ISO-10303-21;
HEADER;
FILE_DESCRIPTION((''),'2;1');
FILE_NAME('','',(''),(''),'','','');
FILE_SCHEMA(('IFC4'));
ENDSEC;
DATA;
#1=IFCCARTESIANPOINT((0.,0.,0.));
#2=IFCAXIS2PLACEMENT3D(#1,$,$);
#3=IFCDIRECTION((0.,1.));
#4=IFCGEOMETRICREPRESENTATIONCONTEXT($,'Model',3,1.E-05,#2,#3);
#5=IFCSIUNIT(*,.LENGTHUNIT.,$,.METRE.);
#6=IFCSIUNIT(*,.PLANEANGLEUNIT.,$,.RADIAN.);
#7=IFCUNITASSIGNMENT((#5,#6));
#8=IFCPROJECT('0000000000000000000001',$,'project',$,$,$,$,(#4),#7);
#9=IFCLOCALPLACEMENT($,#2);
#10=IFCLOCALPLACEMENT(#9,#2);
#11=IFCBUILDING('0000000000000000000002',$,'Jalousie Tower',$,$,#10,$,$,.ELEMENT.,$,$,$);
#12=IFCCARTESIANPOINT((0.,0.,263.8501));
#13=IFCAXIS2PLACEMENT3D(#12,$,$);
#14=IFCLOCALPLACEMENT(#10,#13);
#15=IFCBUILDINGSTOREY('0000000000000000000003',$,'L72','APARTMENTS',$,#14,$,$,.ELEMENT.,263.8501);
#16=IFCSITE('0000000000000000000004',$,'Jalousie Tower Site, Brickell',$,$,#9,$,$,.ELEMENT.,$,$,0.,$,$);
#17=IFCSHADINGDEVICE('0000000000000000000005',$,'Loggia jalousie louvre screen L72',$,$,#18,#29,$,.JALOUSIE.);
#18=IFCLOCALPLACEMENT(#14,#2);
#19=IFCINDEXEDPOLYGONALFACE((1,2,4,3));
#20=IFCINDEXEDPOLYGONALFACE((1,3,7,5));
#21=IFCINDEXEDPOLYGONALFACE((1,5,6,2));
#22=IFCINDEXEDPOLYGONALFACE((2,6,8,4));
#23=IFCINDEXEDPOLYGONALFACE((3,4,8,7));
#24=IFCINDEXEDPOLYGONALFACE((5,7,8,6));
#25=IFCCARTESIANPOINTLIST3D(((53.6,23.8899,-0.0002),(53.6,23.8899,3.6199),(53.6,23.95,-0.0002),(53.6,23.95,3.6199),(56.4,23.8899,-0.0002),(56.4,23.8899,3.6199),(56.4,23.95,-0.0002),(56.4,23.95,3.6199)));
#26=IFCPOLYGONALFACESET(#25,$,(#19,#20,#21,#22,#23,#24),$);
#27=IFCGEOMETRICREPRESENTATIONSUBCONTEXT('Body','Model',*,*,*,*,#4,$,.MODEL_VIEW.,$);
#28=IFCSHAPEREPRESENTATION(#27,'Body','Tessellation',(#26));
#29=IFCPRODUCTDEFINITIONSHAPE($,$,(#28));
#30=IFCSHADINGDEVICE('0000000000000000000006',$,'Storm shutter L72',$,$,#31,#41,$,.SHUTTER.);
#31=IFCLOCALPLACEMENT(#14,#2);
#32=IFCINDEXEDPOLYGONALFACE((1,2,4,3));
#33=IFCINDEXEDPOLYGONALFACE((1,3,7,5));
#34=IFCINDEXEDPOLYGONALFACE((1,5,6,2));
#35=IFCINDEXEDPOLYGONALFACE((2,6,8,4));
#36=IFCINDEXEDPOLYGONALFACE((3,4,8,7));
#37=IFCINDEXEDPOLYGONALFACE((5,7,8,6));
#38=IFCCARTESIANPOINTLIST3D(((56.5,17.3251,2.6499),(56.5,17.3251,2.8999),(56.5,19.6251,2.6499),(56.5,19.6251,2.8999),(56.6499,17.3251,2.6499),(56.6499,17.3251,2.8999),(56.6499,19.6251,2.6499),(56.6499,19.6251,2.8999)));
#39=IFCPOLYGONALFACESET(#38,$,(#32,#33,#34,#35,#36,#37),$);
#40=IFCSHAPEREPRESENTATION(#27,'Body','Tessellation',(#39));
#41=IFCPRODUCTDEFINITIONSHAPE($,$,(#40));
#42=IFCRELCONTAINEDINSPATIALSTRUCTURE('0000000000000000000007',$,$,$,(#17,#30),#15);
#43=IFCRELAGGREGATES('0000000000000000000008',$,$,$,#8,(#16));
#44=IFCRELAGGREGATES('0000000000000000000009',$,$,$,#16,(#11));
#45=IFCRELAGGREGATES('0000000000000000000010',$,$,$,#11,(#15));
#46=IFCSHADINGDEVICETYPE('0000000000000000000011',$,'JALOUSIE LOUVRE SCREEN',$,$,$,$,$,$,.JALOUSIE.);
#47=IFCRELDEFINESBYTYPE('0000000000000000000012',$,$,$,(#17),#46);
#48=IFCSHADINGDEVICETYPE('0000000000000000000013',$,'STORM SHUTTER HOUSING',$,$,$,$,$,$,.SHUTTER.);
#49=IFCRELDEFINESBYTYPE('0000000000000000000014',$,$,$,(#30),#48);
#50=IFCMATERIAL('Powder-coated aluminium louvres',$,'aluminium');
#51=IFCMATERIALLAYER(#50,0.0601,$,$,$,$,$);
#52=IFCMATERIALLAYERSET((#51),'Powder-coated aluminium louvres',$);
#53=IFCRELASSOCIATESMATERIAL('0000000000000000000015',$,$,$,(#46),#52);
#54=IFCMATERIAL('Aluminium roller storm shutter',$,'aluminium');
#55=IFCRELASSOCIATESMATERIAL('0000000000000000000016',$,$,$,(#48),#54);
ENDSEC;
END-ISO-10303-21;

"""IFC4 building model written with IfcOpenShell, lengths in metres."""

from ifc_helpers import new_model, si_unit, direction, frame, origin, origin_2d, place, context, subcontext, project, spatial, rectangle, extrude, material, layer, layer_set, type_object, element, save


model = new_model("IFC4")

# Units and contexts
model_context = context("Model", 3, precision=1e-05, world=origin(), true_north=direction((0.0, 1.0)))
body_context = subcontext(model_context, "Body", "Model", "MODEL_VIEW")
ifc_project = project(units=[si_unit("LENGTHUNIT", "METRE"), si_unit("PLANEANGLEUNIT", "RADIAN")], contexts=[model_context])

# Site, building, storey
site_placement = place(None, origin())
site = spatial("IfcSite", under=ifc_project, at=site_placement, Name="Jalousie Tower Site, Brickell", CompositionType="ELEMENT", RefElevation=0.0)
building_placement = place(site_placement, origin())
building = spatial("IfcBuilding", under=site, at=building_placement, Name="Jalousie Tower", CompositionType="ELEMENT")
storey_placement = place(building_placement, frame((0.0, 0.0, 263.8501)))
storey = spatial("IfcBuildingStorey", under=building, at=storey_placement, Name="L72", Description="APARTMENTS", CompositionType="ELEMENT", Elevation=263.8501)

# Shading devices
ifc_material_1 = material(Name="Powder-coated aluminium louvres", Category="aluminium")
ifc_layer_1 = layer(ifc_material_1, 0.0601)
ifc_layer_set_1 = layer_set([ifc_layer_1], Name="Powder-coated aluminium louvres")
shading_device_type_1 = type_object("IfcShadingDeviceType", Name="JALOUSIE LOUVRE SCREEN", PredefinedType="JALOUSIE", material=ifc_layer_set_1)
for number, where, z_axis, x_axis, name in (
    (1, (55.0, 23.9199, -0.0002), (0.0, 0.0, 1.0), (0.0, 1.0, 0.0), "Loggia jalousie louvre screen L72"),
):
    element("IfcShadingDevice", number, at=place(storey_placement, frame(where, z_axis=z_axis, x_axis=x_axis)), inside=storey, type_object=shading_device_type_1, Name=name, PredefinedType="JALOUSIE", context=body_context, shape_type="SweptSolid", body=[
        extrude(rectangle(XDim=0.0601, YDim=2.8, at=origin_2d()), origin(), (0.0, 0.0, 1.0), 3.6201),
    ])
ifc_material_2 = material(Name="Aluminium roller storm shutter", Category="aluminium")
shading_device_type_2 = type_object("IfcShadingDeviceType", Name="STORM SHUTTER HOUSING", PredefinedType="SHUTTER", material=ifc_material_2)
shading_device_placement = place(storey_placement, frame((56.575, 18.4751, 2.6499), z_axis=(0.0, 0.0, 1.0), x_axis=(0.0, 1.0, 0.0)))
element("IfcShadingDevice", 2, at=shading_device_placement, inside=storey, type_object=shading_device_type_2, Name="Storm shutter L72", PredefinedType="SHUTTER", context=body_context, shape_type="SweptSolid", body=[
    extrude(rectangle(XDim=2.3, YDim=0.1499, at=origin_2d()), origin(), (0.0, 0.0, 1.0), 0.25),
])

save(model, "model.ifc")
